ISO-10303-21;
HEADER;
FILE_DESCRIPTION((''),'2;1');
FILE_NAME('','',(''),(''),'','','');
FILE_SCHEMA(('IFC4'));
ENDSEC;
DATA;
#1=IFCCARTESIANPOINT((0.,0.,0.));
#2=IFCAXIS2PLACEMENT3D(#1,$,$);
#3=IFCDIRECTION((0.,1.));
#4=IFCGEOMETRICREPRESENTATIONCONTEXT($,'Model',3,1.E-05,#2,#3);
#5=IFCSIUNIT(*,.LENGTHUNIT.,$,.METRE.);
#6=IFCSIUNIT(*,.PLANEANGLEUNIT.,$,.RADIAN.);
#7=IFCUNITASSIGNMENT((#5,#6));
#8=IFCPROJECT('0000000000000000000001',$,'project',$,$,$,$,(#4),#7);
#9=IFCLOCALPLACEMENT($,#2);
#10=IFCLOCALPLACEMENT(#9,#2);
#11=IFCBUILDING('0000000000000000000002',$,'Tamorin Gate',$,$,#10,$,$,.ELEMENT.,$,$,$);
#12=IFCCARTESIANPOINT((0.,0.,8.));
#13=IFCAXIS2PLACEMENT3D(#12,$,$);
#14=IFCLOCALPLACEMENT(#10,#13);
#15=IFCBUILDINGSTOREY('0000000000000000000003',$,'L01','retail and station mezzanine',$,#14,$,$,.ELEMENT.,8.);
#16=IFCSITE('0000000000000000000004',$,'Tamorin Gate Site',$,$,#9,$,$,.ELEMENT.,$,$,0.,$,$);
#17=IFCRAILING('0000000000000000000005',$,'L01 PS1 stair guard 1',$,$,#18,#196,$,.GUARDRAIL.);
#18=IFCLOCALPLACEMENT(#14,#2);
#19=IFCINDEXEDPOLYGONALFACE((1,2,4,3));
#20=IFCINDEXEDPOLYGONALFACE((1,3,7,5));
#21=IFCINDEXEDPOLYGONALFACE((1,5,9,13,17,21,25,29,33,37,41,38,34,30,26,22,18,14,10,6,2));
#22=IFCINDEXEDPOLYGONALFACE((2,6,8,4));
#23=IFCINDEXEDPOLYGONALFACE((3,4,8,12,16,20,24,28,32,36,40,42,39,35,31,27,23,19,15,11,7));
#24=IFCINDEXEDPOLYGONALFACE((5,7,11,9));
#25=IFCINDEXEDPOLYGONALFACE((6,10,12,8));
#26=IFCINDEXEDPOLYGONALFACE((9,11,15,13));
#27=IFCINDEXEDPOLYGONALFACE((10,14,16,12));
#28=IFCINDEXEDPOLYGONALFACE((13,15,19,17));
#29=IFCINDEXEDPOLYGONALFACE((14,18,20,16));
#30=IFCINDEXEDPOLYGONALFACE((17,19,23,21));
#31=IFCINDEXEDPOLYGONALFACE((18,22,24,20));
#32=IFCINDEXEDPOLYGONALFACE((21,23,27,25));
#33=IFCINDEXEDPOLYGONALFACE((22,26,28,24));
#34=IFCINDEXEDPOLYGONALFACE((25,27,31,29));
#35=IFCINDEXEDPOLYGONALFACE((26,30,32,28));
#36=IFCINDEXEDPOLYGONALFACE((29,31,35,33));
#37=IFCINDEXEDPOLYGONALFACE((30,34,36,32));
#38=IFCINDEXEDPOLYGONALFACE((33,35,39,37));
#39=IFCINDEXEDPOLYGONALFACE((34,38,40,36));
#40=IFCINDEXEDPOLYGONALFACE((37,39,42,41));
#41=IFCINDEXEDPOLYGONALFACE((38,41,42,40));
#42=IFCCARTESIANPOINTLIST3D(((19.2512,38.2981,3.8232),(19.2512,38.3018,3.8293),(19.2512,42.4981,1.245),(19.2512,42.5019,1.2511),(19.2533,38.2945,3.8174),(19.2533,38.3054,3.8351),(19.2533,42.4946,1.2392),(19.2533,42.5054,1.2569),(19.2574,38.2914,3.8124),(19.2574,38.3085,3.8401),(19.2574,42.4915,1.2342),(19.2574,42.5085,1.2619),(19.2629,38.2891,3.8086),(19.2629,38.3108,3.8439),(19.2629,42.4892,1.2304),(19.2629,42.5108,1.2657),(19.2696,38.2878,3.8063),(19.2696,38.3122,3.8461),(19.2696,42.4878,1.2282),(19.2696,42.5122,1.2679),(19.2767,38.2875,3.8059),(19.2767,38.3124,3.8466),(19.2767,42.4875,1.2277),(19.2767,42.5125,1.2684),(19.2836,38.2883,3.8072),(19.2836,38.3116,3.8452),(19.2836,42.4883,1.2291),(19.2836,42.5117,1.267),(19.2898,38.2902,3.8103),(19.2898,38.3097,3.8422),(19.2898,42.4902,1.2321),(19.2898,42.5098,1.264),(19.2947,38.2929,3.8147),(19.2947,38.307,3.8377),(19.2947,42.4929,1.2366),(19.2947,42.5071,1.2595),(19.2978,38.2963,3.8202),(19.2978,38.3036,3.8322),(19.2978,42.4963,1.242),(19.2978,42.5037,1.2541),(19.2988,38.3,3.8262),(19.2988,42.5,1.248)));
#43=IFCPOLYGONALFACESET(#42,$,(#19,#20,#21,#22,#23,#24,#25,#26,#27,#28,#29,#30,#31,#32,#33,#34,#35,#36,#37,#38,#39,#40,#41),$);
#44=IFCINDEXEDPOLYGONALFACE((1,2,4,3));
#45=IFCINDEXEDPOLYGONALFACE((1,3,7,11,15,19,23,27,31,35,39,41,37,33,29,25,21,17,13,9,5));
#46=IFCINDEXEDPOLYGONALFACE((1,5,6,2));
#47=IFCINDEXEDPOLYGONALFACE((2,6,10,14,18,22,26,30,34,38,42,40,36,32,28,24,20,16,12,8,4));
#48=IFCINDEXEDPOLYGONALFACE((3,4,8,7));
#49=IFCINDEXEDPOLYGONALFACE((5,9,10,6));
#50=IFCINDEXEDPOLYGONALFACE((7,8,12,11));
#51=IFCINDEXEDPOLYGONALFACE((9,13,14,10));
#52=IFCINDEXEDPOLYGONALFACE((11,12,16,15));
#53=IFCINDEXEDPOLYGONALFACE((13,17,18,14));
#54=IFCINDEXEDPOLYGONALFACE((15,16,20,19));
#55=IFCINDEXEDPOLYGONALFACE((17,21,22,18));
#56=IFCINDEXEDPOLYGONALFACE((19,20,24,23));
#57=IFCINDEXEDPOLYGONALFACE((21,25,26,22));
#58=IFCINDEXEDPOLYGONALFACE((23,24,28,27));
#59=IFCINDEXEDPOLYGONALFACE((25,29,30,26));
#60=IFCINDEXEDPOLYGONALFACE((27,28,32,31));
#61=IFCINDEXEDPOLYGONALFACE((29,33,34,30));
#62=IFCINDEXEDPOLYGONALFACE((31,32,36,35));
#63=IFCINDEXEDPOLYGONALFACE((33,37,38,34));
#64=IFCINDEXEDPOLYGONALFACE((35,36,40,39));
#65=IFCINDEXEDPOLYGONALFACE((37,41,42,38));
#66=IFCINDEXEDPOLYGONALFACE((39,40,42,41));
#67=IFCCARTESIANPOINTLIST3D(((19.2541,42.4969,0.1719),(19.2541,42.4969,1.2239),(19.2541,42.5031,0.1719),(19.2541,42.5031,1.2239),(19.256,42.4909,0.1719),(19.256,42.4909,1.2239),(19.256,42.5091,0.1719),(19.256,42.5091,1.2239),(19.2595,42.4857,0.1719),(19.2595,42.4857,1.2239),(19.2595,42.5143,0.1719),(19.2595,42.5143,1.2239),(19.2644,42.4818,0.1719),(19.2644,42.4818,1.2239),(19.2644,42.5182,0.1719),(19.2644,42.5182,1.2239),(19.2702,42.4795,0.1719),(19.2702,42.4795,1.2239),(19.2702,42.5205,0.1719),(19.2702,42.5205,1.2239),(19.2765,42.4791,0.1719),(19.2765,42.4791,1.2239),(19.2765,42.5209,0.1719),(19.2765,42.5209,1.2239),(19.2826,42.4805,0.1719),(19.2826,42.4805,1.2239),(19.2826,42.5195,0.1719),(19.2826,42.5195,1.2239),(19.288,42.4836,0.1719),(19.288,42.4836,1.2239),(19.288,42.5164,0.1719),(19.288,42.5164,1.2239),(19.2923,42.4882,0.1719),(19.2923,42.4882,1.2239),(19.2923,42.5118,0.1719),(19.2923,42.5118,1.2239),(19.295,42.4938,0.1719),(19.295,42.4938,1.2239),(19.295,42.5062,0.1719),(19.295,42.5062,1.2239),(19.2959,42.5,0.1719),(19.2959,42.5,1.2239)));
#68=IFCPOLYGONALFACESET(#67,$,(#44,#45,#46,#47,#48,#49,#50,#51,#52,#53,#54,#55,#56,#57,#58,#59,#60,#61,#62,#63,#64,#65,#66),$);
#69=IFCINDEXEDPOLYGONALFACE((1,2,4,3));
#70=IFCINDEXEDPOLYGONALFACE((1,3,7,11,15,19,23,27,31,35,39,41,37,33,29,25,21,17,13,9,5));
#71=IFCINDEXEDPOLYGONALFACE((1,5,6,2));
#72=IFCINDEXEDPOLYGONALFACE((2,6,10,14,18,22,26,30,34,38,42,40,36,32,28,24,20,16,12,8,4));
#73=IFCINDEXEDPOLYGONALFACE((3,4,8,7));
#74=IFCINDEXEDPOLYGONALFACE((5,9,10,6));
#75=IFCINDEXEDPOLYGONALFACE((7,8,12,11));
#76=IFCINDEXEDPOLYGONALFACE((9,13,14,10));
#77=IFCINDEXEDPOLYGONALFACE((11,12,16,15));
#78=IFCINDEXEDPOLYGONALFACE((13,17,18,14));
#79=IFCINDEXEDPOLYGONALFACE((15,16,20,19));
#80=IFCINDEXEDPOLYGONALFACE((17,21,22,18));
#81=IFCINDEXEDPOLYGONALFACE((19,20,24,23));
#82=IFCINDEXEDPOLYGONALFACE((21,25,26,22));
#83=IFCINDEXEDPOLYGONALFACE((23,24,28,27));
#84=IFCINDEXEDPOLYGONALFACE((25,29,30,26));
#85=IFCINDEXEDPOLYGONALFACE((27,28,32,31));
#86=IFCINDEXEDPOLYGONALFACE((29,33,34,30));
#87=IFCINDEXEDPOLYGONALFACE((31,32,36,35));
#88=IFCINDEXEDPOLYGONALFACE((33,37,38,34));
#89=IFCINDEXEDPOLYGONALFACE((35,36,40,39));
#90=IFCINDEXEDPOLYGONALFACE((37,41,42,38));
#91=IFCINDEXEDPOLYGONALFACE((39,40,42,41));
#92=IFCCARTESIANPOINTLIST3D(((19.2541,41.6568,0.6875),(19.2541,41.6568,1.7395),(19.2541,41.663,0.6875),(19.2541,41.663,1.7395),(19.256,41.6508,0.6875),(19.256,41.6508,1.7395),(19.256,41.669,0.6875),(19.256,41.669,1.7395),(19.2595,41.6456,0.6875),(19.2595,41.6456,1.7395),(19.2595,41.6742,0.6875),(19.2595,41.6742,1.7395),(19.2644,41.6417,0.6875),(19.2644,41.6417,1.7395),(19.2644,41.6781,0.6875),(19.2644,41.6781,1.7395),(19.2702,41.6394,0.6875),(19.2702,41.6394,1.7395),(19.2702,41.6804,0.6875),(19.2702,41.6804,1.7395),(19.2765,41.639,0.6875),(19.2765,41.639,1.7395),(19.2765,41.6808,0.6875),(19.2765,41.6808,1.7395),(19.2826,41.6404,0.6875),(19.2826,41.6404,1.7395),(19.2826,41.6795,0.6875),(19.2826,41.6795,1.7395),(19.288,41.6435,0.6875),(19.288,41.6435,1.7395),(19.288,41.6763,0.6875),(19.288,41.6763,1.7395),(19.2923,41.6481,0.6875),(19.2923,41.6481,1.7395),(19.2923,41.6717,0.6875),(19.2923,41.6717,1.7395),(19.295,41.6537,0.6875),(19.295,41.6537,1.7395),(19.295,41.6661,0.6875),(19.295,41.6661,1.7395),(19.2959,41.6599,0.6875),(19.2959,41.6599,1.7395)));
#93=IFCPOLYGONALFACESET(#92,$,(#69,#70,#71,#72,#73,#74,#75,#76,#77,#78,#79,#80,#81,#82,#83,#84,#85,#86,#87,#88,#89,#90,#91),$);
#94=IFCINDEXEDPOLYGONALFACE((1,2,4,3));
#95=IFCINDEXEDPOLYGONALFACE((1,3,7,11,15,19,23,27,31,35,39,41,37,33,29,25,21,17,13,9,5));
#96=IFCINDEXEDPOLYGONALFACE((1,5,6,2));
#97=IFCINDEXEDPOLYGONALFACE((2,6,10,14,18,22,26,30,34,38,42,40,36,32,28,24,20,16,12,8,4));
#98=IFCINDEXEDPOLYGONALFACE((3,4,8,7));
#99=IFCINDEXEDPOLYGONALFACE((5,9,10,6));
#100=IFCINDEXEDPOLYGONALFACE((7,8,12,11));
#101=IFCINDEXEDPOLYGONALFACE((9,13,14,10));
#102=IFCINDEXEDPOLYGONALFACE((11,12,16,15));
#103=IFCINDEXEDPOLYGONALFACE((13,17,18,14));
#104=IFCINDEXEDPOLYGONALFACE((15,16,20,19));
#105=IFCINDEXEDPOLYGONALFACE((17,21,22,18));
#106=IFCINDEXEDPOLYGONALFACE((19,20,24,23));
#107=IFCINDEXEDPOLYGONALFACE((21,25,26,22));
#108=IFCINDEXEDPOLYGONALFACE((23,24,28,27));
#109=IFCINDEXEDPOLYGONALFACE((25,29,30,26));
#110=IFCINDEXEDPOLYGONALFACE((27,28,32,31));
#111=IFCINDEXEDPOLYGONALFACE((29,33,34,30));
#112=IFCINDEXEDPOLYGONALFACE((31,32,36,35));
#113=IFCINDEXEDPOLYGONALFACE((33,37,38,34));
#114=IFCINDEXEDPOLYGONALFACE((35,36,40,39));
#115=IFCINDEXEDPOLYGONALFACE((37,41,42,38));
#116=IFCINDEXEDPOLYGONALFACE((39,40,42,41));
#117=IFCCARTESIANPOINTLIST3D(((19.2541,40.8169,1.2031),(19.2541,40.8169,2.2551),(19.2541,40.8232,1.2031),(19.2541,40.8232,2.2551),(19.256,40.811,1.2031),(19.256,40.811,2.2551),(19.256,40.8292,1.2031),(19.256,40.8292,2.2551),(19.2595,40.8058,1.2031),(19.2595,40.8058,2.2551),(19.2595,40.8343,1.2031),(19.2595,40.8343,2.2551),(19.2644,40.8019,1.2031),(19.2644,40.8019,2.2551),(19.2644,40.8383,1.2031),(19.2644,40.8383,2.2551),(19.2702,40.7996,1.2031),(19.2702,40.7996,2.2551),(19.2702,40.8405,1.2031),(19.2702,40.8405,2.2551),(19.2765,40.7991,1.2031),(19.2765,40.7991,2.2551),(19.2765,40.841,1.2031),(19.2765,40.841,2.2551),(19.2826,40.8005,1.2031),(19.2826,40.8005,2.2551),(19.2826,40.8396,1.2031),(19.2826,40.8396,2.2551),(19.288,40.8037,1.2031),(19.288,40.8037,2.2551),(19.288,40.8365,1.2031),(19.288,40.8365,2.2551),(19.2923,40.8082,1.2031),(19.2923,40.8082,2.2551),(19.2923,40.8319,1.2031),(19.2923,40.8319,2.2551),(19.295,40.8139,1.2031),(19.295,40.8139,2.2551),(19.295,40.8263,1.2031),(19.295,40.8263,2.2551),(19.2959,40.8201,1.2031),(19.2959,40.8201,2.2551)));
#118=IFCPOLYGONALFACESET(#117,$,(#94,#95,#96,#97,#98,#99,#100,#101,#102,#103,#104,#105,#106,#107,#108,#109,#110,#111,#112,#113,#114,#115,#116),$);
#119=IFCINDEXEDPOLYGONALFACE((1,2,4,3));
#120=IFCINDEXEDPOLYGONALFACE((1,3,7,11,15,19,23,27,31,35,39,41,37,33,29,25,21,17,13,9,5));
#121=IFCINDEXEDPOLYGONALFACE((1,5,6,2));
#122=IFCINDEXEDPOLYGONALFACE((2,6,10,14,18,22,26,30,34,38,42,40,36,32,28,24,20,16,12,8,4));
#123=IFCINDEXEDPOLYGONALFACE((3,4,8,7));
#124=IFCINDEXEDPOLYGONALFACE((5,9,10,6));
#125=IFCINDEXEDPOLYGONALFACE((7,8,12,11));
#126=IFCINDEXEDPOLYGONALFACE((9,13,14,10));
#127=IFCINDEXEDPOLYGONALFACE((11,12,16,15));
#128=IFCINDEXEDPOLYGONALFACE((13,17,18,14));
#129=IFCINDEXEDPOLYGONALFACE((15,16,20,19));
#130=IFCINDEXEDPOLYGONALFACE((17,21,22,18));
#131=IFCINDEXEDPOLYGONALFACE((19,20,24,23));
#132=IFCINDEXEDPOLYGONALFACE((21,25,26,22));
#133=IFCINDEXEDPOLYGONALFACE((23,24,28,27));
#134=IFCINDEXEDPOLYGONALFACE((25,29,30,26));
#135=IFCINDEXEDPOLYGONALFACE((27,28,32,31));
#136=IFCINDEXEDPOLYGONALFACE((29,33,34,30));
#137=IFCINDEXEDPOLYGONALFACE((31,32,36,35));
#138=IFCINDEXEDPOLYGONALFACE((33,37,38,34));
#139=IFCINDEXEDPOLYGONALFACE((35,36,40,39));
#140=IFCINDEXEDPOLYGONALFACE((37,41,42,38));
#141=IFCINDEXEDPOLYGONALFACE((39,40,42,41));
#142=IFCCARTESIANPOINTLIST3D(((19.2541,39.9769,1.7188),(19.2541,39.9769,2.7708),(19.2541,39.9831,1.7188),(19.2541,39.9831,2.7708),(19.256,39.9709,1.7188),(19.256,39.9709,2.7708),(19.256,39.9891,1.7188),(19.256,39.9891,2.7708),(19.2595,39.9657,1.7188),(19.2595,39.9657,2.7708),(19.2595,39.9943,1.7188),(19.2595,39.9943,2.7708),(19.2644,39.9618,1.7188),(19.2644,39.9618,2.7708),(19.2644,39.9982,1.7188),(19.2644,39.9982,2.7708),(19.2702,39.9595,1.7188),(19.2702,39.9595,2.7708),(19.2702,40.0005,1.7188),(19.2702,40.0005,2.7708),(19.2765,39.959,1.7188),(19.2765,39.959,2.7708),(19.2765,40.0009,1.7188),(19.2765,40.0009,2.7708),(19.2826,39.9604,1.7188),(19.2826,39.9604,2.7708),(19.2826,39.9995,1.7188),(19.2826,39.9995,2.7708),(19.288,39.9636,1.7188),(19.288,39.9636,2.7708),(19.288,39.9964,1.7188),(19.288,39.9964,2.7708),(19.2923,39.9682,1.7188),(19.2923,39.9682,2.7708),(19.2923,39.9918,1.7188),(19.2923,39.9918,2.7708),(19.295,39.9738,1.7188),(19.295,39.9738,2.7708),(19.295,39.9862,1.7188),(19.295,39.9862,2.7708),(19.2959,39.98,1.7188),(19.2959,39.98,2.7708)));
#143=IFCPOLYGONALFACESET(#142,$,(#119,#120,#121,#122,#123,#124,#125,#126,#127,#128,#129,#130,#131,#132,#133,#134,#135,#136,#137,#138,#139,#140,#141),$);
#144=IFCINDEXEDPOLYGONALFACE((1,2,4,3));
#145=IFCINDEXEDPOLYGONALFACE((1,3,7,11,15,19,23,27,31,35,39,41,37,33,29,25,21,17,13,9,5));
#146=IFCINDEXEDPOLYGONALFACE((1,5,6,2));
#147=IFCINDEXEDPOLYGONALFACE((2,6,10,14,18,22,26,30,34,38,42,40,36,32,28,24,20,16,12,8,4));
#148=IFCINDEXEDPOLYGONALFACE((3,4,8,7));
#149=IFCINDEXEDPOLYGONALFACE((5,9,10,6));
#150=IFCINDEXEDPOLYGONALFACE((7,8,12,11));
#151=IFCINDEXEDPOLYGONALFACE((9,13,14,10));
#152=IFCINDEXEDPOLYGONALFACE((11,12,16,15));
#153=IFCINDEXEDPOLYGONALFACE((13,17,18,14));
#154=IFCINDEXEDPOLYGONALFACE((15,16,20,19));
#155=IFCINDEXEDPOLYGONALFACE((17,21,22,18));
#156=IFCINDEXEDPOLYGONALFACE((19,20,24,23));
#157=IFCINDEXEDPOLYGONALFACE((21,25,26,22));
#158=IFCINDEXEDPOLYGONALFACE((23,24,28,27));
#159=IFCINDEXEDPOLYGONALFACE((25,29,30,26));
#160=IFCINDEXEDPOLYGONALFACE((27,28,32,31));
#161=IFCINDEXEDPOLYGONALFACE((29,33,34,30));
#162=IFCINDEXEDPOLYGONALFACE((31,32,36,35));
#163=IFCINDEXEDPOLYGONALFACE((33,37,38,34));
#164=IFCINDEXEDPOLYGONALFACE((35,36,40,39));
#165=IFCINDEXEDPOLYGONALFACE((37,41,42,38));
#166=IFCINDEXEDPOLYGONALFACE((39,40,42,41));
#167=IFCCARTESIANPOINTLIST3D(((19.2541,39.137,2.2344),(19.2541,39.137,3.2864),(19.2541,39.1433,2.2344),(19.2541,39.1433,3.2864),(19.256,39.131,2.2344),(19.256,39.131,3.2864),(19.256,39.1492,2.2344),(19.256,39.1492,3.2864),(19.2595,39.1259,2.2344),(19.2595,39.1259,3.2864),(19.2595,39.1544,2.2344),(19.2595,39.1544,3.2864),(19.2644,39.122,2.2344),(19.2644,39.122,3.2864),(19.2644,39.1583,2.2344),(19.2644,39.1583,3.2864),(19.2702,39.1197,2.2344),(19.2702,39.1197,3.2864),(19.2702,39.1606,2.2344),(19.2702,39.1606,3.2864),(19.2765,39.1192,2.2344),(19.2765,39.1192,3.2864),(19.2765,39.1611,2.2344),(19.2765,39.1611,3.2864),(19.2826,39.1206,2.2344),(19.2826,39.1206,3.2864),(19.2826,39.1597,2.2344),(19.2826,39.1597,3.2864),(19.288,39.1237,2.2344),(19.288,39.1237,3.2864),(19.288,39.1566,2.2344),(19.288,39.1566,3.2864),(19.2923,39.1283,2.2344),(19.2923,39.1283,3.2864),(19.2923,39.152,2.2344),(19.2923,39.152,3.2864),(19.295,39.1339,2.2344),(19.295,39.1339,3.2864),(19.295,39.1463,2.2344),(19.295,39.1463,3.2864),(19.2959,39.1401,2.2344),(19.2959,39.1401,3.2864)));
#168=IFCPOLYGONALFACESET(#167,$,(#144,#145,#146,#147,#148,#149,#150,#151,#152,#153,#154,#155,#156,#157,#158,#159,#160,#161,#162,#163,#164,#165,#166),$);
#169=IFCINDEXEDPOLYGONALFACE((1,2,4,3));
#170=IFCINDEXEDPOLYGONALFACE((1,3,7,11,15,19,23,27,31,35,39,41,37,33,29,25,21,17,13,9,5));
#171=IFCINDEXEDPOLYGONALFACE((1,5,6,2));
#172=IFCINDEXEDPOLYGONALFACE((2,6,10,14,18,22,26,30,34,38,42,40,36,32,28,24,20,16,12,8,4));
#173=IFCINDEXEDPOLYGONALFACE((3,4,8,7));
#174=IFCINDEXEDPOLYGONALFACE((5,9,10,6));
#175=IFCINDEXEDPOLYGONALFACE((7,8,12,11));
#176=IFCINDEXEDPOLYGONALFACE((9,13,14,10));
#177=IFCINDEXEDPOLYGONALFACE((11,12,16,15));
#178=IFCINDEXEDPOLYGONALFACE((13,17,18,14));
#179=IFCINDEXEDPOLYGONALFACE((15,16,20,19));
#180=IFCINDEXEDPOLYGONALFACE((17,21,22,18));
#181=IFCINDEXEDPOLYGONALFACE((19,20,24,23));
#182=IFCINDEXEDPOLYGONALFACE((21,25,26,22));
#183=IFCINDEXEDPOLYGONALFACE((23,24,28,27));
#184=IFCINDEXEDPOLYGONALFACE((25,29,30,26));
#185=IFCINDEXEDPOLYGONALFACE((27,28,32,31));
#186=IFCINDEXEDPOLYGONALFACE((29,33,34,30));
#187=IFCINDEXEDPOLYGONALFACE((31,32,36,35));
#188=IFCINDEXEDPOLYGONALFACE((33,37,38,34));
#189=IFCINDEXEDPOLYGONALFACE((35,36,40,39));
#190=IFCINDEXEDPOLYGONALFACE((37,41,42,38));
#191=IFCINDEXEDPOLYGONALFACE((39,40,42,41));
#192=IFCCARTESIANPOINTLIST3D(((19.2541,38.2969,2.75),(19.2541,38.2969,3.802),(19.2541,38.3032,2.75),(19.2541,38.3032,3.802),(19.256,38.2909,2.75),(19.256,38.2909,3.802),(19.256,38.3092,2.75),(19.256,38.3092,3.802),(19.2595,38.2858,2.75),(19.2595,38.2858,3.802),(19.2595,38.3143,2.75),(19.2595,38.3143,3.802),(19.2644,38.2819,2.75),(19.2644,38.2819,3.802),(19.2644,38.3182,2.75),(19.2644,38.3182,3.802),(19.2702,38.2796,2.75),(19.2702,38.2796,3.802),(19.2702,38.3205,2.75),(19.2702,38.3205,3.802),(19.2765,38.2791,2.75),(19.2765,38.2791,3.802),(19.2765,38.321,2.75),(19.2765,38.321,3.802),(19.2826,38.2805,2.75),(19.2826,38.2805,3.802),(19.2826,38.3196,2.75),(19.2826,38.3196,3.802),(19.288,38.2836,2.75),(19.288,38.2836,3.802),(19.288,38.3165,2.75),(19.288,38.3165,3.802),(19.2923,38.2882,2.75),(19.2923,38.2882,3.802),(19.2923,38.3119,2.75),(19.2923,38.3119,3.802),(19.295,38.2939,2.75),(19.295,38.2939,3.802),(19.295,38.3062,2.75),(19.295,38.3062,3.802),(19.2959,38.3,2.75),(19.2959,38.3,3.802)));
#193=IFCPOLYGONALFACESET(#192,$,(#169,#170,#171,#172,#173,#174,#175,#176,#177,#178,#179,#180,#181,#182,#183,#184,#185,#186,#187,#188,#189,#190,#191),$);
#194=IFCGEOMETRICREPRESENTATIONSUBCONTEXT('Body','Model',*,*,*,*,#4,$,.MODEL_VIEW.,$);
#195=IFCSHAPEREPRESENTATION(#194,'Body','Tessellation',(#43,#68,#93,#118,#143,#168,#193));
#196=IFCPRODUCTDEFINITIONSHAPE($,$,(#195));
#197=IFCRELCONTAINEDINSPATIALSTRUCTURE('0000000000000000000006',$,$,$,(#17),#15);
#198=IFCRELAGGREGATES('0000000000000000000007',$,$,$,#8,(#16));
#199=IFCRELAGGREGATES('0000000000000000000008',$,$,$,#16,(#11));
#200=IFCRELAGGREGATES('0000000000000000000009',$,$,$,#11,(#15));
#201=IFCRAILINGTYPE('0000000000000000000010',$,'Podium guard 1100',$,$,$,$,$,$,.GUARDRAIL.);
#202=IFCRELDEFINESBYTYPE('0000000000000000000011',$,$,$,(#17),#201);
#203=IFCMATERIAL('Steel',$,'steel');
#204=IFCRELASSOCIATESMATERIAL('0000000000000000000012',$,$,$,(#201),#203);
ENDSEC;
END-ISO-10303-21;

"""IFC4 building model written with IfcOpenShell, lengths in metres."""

from ifc_helpers import new_model, si_unit, direction, frame, origin, origin_2d, place, context, subcontext, project, spatial, circle, extrude, material, type_object, element, save


model = new_model("IFC4")

# Units and contexts
model_context = context("Model", 3, precision=1e-05, world=origin(), true_north=direction((0.0, 1.0)))
body_context = subcontext(model_context, "Body", "Model", "MODEL_VIEW")
ifc_project = project(units=[si_unit("LENGTHUNIT", "METRE"), si_unit("PLANEANGLEUNIT", "RADIAN")], contexts=[model_context])

# Site, building, storey
site_placement = place(None, origin())
site = spatial("IfcSite", under=ifc_project, at=site_placement, Name="Tamorin Gate Site", CompositionType="ELEMENT", RefElevation=0.0)
building_placement = place(site_placement, origin())
building = spatial("IfcBuilding", under=site, at=building_placement, Name="Tamorin Gate", CompositionType="ELEMENT")
storey_placement = place(building_placement, frame((0.0, 0.0, 8.0)))
storey = spatial("IfcBuildingStorey", under=building, at=storey_placement, Name="L01", Description="retail and station mezzanine", CompositionType="ELEMENT", Elevation=8.0)

# Railing
ifc_material_1 = material(Name="Steel", Category="steel")
railing_type_1 = type_object("IfcRailingType", Name="Podium guard 1100", PredefinedType="GUARDRAIL", material=ifc_material_1)
railing_1_placement = place(storey_placement, frame((19.2749, 42.5, 0.1719)))
element("IfcRailing", 1, at=railing_1_placement, inside=storey, type_object=railing_type_1, Name="L01 PS1 stair guard 1", PredefinedType="GUARDRAIL", context=body_context, shape_type="SweptSolid", body=[
    extrude(circle(Radius=0.0239, at=origin_2d()), frame((0.0, 0.0, 1.0762), z_axis=(0.0, -0.852243, 0.523146), x_axis=(1.0, 0.0, 0.0)), (0.0, 0.0, 1.0), 4.9282),
    extrude(circle(Radius=0.021, at=origin_2d()), origin(), (0.0, 0.0, 1.0), 1.052),
    extrude(circle(Radius=0.021, at=origin_2d()), frame((0.0, -0.8401, 0.5156)), (0.0, 0.0, 1.0), 1.052),
    extrude(circle(Radius=0.021, at=origin_2d()), frame((0.0, -1.6799, 1.0312)), (0.0, 0.0, 1.0), 1.052),
    extrude(circle(Radius=0.021, at=origin_2d()), frame((0.0, -2.52, 1.5469)), (0.0, 0.0, 1.0), 1.052),
    extrude(circle(Radius=0.021, at=origin_2d()), frame((0.0, -3.3599, 2.0625)), (0.0, 0.0, 1.0), 1.052),
    extrude(circle(Radius=0.021, at=origin_2d()), frame((0.0, -4.2, 2.5781)), (0.0, 0.0, 1.0), 1.052),
])

save(model, "model.ifc")
